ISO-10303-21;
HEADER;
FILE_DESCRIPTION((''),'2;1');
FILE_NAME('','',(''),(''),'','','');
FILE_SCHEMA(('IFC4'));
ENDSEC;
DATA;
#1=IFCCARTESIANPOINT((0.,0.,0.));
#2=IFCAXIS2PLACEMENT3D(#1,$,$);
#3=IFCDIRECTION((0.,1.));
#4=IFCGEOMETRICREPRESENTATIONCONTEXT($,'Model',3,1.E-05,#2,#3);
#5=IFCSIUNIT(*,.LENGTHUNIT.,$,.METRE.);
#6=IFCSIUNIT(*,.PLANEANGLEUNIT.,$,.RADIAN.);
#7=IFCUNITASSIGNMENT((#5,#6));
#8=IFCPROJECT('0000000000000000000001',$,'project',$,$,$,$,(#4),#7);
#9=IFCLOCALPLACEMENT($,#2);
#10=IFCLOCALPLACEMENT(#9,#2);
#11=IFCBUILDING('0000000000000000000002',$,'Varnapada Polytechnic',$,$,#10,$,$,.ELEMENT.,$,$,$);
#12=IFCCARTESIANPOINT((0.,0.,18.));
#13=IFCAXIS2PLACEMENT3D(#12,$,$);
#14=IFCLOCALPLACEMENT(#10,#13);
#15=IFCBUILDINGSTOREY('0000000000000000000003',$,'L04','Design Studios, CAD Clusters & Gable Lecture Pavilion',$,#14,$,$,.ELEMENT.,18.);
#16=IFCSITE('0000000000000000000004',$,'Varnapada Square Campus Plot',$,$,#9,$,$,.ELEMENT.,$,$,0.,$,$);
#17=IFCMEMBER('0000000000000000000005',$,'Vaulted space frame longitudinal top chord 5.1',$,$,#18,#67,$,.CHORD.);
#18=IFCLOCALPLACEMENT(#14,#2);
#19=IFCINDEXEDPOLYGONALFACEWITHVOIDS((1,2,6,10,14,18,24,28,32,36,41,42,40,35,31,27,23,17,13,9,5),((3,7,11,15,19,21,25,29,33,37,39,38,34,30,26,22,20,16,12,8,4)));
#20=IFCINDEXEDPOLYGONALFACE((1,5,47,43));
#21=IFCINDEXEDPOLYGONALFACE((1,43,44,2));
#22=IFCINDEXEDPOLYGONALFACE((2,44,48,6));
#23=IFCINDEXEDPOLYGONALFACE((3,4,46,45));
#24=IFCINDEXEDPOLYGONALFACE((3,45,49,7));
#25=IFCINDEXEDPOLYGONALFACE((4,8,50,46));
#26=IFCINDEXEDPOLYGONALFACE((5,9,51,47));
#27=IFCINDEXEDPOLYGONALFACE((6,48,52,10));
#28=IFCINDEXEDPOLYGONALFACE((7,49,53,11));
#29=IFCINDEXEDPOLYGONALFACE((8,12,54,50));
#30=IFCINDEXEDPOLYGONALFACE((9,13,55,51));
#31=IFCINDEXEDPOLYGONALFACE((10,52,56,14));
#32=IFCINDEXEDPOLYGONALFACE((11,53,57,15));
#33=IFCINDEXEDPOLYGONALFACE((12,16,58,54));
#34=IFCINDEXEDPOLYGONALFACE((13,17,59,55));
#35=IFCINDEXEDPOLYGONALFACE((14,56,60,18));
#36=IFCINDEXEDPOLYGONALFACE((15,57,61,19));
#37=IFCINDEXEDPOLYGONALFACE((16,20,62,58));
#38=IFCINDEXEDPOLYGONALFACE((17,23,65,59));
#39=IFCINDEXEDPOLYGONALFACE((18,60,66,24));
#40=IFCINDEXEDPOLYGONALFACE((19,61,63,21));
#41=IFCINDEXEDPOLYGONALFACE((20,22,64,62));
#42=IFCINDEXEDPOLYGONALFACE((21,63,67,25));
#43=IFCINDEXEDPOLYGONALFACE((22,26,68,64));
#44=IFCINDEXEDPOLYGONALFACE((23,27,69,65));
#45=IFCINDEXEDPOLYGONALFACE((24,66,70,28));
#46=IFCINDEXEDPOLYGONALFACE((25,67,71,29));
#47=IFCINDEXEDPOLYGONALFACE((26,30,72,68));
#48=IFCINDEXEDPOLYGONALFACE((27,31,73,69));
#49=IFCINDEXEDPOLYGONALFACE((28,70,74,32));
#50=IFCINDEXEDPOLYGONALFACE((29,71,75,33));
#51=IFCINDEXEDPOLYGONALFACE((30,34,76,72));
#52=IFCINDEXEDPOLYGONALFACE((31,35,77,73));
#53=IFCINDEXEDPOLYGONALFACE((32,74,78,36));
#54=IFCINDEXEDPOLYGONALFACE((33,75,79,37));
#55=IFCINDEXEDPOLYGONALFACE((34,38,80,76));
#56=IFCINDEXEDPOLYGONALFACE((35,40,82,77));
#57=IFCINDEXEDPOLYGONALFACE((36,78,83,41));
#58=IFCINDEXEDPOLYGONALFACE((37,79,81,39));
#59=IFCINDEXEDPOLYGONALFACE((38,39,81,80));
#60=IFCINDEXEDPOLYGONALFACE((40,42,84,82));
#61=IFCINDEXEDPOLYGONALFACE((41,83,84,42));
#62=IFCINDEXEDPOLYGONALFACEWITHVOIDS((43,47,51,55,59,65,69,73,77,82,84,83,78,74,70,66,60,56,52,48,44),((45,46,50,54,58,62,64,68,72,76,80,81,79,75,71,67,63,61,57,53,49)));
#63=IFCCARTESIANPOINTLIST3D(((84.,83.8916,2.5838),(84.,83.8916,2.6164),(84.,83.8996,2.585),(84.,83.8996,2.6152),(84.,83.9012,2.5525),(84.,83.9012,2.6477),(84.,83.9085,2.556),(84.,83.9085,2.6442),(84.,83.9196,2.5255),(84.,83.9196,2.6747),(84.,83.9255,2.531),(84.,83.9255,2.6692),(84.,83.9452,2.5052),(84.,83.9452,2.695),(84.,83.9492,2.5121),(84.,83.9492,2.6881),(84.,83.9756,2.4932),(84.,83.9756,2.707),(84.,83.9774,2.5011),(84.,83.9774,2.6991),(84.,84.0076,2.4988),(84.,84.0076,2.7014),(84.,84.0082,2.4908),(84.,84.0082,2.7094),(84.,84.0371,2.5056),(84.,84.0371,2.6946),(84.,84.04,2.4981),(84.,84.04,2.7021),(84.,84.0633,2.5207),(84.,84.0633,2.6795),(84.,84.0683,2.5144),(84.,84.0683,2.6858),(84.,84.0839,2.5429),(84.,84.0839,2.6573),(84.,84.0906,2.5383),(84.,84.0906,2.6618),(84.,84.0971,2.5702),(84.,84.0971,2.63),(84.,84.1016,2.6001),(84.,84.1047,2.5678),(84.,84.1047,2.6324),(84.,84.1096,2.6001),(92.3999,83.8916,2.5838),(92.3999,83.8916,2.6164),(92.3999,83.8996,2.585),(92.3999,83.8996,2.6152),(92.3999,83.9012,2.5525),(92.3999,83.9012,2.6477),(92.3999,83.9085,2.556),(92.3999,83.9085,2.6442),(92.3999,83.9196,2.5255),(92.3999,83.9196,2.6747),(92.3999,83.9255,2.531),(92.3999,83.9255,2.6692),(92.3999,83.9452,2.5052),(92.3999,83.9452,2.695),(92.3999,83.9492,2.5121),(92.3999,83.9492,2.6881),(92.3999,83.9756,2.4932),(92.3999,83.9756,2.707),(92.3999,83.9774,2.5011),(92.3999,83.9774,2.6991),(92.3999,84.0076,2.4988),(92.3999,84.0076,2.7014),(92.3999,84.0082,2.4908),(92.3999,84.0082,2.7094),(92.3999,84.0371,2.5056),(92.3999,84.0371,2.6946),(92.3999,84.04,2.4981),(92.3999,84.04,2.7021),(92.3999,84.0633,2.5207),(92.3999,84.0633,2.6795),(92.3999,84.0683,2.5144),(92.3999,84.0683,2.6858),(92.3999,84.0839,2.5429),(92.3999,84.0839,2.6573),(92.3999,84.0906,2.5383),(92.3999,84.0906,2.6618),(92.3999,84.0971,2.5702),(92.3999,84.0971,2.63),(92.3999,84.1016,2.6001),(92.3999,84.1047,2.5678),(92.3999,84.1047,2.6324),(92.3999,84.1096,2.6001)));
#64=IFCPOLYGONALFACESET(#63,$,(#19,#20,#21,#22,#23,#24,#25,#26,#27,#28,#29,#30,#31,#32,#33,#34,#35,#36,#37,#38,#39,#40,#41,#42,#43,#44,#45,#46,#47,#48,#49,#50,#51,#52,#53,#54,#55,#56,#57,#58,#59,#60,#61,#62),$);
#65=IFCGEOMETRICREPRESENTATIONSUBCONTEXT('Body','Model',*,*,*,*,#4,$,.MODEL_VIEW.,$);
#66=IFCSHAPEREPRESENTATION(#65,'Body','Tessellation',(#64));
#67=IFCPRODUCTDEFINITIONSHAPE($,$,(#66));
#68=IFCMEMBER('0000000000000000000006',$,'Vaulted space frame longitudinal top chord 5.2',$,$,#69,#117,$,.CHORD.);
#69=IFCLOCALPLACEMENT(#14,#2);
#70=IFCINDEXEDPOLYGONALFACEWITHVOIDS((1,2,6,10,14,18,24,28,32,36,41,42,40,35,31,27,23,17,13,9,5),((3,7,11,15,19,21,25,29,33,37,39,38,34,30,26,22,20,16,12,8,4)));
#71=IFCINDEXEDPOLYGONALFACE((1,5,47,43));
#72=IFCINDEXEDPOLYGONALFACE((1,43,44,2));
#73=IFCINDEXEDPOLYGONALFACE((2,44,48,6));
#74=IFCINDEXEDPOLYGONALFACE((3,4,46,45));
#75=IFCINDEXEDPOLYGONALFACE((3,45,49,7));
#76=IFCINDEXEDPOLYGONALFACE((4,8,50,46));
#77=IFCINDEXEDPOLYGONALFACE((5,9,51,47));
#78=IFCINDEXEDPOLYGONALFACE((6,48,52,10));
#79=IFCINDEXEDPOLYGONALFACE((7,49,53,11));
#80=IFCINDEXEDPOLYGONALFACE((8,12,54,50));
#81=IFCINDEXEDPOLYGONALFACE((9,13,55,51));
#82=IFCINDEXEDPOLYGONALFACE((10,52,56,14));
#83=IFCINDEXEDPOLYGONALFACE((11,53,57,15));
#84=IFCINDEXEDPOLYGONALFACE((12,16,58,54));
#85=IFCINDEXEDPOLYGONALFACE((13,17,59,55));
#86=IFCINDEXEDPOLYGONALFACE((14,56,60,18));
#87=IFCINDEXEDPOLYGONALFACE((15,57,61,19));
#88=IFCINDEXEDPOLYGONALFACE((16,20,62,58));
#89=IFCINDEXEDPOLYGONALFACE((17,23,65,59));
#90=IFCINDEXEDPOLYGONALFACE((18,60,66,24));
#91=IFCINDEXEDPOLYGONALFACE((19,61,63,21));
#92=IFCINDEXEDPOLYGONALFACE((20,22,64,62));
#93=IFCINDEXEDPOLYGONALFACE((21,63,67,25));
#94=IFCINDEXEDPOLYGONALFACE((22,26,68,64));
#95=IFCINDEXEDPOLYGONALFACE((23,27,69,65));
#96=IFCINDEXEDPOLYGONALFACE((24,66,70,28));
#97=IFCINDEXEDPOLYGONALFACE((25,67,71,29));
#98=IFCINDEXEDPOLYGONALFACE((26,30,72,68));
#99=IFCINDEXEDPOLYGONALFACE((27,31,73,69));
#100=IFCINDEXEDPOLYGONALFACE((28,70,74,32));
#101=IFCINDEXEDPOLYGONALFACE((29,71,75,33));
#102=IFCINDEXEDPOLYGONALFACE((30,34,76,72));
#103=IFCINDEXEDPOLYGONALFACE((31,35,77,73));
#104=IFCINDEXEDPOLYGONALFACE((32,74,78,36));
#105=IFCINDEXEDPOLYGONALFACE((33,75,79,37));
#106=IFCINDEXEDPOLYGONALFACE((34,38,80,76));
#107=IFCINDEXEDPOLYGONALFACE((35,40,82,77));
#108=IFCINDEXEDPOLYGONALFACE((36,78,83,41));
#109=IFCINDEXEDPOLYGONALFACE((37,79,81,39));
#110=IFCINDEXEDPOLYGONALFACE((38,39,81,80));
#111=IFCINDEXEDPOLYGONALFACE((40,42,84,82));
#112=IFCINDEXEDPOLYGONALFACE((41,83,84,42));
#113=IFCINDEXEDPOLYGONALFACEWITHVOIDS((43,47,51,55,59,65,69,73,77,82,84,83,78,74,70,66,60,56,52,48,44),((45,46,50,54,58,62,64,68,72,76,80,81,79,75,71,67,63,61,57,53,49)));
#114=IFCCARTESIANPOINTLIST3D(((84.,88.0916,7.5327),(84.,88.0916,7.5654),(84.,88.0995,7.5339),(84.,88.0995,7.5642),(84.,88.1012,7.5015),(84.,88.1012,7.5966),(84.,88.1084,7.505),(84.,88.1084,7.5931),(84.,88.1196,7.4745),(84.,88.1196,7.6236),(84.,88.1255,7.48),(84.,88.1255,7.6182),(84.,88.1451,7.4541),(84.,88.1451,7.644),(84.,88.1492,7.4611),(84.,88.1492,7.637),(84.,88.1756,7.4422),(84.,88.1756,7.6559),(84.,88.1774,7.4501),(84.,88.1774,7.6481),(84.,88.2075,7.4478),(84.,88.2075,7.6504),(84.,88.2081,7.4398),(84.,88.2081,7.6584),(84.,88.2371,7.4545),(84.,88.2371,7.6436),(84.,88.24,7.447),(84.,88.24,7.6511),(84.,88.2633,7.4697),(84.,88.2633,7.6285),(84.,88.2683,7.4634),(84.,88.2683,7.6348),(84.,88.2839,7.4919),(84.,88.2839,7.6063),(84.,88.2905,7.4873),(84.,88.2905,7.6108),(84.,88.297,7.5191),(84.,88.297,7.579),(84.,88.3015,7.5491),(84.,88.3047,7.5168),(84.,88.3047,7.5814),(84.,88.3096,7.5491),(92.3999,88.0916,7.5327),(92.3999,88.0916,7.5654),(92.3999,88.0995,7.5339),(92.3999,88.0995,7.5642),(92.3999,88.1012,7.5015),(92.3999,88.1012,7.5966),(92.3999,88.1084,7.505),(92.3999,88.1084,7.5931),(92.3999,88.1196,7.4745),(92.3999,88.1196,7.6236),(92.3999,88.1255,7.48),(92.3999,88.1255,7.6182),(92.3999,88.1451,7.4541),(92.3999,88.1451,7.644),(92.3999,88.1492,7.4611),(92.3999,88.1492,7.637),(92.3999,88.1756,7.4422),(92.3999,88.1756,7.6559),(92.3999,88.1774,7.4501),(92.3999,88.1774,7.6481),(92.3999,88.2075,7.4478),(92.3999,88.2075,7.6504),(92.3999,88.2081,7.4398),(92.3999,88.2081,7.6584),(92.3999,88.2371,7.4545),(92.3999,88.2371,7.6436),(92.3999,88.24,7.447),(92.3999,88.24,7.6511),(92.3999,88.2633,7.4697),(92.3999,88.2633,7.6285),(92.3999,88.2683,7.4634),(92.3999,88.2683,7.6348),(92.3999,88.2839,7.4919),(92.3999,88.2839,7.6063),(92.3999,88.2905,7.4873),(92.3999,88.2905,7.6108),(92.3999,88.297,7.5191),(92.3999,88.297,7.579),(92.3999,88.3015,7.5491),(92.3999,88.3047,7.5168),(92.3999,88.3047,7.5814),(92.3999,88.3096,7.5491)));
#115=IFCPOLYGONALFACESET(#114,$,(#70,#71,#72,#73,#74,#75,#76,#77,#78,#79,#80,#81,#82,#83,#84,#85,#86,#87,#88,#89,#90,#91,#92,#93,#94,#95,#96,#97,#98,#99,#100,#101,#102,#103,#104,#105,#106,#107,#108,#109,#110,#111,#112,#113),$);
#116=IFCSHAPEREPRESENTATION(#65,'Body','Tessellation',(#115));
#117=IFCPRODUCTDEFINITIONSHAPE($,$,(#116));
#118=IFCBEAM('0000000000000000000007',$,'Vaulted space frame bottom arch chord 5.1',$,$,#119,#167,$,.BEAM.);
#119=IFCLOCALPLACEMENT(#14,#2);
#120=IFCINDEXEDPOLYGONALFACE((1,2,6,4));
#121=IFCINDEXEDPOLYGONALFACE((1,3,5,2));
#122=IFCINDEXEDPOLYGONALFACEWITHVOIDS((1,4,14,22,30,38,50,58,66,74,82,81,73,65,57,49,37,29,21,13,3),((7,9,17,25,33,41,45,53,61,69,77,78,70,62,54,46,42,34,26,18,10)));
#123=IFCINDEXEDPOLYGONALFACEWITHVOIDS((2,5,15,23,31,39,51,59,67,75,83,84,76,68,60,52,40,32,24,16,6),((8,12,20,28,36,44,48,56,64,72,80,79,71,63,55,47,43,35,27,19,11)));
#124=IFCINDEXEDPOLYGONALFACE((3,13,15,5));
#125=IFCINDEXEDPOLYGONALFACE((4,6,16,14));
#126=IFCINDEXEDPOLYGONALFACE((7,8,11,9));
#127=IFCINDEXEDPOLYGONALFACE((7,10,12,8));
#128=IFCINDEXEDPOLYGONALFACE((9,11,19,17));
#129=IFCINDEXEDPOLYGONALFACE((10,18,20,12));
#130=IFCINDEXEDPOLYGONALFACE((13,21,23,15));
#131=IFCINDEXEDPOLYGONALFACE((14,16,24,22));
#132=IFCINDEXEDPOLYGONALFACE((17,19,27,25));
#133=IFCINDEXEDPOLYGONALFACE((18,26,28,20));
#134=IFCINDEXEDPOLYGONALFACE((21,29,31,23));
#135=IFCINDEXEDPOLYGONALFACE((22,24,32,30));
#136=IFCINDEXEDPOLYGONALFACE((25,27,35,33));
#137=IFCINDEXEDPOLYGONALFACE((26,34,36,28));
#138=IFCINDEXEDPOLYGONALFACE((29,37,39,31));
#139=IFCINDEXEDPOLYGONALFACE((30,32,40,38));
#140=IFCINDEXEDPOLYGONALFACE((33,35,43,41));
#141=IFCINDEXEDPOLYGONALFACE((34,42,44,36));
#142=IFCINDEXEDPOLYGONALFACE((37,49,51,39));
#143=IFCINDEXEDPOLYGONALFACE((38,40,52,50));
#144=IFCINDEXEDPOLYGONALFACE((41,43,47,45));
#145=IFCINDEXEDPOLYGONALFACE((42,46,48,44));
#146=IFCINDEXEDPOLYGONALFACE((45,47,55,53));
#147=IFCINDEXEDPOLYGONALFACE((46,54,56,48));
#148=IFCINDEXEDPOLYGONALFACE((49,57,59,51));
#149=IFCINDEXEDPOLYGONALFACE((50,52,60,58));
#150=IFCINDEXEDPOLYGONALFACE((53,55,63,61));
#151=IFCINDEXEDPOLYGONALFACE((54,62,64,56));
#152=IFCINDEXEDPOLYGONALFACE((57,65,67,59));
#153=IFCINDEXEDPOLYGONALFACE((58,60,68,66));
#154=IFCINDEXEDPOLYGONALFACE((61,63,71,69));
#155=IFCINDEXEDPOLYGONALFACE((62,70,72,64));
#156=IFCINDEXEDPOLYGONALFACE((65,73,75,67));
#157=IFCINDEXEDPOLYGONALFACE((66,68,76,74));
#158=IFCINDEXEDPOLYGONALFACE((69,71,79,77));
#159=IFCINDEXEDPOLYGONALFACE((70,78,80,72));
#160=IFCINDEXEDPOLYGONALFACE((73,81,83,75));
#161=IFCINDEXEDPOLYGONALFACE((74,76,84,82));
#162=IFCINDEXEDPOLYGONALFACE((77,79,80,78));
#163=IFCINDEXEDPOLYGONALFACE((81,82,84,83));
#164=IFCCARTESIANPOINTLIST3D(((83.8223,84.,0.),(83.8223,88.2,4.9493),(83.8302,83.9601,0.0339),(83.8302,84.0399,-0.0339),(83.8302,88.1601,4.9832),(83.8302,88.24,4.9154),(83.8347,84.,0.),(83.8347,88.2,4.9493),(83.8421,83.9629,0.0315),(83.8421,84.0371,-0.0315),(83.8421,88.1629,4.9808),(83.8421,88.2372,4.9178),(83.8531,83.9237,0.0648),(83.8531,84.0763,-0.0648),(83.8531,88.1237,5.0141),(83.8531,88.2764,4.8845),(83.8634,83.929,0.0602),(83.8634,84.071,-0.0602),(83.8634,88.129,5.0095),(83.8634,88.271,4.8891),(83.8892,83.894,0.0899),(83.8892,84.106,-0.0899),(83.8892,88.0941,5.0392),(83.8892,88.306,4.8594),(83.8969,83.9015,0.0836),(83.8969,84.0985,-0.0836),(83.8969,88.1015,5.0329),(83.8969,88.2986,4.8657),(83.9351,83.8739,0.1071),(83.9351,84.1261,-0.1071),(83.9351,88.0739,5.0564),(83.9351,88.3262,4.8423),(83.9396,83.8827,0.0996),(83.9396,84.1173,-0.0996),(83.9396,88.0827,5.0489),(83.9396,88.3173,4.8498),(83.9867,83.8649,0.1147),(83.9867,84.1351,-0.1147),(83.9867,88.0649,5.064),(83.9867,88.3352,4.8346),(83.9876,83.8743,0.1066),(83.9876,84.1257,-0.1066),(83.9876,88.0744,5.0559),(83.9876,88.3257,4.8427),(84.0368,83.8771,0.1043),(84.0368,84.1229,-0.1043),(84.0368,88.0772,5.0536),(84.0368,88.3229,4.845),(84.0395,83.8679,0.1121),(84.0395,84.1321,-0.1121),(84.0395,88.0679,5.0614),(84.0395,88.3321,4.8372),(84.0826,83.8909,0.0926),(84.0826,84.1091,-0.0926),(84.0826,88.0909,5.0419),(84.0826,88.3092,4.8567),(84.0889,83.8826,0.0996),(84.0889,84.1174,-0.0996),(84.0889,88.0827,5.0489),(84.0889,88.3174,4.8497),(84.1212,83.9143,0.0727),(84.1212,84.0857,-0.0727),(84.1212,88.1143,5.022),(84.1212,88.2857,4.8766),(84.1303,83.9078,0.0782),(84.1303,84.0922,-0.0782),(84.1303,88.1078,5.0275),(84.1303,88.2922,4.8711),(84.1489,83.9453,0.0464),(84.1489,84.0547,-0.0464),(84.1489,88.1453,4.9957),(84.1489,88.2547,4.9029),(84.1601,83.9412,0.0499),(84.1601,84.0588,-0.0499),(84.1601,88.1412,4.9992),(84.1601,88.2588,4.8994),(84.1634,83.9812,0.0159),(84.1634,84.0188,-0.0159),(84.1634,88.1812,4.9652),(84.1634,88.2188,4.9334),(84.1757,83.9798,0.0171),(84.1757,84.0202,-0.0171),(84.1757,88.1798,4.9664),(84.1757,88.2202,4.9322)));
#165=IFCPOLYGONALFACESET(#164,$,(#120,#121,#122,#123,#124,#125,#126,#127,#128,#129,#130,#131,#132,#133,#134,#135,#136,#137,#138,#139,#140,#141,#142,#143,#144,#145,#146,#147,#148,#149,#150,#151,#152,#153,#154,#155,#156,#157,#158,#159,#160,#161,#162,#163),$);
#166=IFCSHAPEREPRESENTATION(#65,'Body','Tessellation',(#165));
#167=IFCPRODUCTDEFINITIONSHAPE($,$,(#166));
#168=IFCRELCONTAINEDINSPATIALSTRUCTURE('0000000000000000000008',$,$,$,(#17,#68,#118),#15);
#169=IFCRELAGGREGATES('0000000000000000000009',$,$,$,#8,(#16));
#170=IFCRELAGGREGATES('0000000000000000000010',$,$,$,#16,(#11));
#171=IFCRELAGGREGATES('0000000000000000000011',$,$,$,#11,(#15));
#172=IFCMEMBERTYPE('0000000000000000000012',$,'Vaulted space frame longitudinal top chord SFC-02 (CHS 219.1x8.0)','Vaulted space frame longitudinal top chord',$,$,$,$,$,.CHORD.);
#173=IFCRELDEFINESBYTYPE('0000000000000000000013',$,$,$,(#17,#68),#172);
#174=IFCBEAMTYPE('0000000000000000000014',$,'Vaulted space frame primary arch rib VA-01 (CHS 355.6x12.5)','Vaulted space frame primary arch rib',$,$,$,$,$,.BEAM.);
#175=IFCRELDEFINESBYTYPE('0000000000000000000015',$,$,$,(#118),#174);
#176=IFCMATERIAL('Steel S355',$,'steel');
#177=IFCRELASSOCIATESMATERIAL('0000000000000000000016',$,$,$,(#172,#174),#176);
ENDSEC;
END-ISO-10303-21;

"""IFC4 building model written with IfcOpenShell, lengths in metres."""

from ifc_helpers import new_model, si_unit, direction, frame, origin, origin_2d, place, context, subcontext, project, spatial, hollow_circle, extrude, material, material_profile, profile_set, type_object, element, save


model = new_model("IFC4")

# Units and contexts
model_context = context("Model", 3, precision=1e-05, world=origin(), true_north=direction((0.0, 1.0)))
body_context = subcontext(model_context, "Body", "Model", "MODEL_VIEW")
ifc_project = project(units=[si_unit("LENGTHUNIT", "METRE"), si_unit("PLANEANGLEUNIT", "RADIAN")], contexts=[model_context])

# Site, building, storey
site_placement = place(None, origin())
site = spatial("IfcSite", under=ifc_project, at=site_placement, Name="Varnapada Square Campus Plot", CompositionType="ELEMENT", RefElevation=0.0)
building_placement = place(site_placement, origin())
building = spatial("IfcBuilding", under=site, at=building_placement, Name="Varnapada Polytechnic", CompositionType="ELEMENT")
storey_placement = place(building_placement, frame((0.0, 0.0, 18.0)))
storey = spatial("IfcBuildingStorey", under=building, at=storey_placement, Name="L04", Description="Design Studios, CAD Clusters & Gable Lecture Pavilion", CompositionType="ELEMENT", Elevation=18.0)

# Shared definitions
ifc_material = material(Name="Steel S355", Category="steel")

# Members
ifc_material_profile_1 = material_profile(ifc_material, hollow_circle(Radius=0.1096, WallThickness=0.0081, at=origin_2d()), Name="CHS 219.1x8.0")
ifc_profile_set_1 = profile_set([ifc_material_profile_1], Name="Steel S355")
member_type_1 = type_object("IfcMemberType", Name="Vaulted space frame longitudinal top chord SFC-02 (CHS 219.1x8.0)", Description="Vaulted space frame longitudinal top chord", PredefinedType="CHORD", material=ifc_profile_set_1)
for number, where, z_axis, x_axis, name in (
    (1, (84.0, 84.0, 2.6001), (1.0, 0.0, 0.0), (0.0, 1.0, 0.0), "Vaulted space frame longitudinal top chord 5.1"),
    (2, (84.0, 88.2, 7.5491), (1.0, 0.0, 0.0), (0.0, 1.0, 0.0), "Vaulted space frame longitudinal top chord 5.2"),
):
    element("IfcMember", number, at=place(storey_placement, frame(where, z_axis=z_axis, x_axis=x_axis)), inside=storey, type_object=member_type_1, Name=name, PredefinedType="CHORD", context=body_context, shape_type="SweptSolid", body=[
        extrude(hollow_circle(Radius=0.1096, WallThickness=0.0081, at=origin_2d()), origin(), (0.0, 0.0, 1.0), 8.3999),
    ])

# Beam
ifc_material_profile_2 = material_profile(ifc_material, hollow_circle(Radius=0.1777, WallThickness=0.0125, at=origin_2d()), Name="CHS 355.6x12.5")
ifc_profile_set_2 = profile_set([ifc_material_profile_2], Name="Steel S355")
beam_type_1 = type_object("IfcBeamType", Name="Vaulted space frame primary arch rib VA-01 (CHS 355.6x12.5)", Description="Vaulted space frame primary arch rib", PredefinedType="BEAM", material=ifc_profile_set_2)
beam_1_placement = place(storey_placement, frame((84.0, 84.0, 0.0), z_axis=(0.0, 0.647032, 0.762462), x_axis=(-1.0, 0.0, 0.0)))
element("IfcBeam", 3, at=beam_1_placement, inside=storey, type_object=beam_type_1, Name="Vaulted space frame bottom arch chord 5.1", PredefinedType="BEAM", context=body_context, shape_type="SweptSolid", body=[
    extrude(hollow_circle(Radius=0.1777, WallThickness=0.0125, at=origin_2d()), origin(), (0.0, 0.0, 1.0), 6.4912),
])

save(model, "model.ifc")
